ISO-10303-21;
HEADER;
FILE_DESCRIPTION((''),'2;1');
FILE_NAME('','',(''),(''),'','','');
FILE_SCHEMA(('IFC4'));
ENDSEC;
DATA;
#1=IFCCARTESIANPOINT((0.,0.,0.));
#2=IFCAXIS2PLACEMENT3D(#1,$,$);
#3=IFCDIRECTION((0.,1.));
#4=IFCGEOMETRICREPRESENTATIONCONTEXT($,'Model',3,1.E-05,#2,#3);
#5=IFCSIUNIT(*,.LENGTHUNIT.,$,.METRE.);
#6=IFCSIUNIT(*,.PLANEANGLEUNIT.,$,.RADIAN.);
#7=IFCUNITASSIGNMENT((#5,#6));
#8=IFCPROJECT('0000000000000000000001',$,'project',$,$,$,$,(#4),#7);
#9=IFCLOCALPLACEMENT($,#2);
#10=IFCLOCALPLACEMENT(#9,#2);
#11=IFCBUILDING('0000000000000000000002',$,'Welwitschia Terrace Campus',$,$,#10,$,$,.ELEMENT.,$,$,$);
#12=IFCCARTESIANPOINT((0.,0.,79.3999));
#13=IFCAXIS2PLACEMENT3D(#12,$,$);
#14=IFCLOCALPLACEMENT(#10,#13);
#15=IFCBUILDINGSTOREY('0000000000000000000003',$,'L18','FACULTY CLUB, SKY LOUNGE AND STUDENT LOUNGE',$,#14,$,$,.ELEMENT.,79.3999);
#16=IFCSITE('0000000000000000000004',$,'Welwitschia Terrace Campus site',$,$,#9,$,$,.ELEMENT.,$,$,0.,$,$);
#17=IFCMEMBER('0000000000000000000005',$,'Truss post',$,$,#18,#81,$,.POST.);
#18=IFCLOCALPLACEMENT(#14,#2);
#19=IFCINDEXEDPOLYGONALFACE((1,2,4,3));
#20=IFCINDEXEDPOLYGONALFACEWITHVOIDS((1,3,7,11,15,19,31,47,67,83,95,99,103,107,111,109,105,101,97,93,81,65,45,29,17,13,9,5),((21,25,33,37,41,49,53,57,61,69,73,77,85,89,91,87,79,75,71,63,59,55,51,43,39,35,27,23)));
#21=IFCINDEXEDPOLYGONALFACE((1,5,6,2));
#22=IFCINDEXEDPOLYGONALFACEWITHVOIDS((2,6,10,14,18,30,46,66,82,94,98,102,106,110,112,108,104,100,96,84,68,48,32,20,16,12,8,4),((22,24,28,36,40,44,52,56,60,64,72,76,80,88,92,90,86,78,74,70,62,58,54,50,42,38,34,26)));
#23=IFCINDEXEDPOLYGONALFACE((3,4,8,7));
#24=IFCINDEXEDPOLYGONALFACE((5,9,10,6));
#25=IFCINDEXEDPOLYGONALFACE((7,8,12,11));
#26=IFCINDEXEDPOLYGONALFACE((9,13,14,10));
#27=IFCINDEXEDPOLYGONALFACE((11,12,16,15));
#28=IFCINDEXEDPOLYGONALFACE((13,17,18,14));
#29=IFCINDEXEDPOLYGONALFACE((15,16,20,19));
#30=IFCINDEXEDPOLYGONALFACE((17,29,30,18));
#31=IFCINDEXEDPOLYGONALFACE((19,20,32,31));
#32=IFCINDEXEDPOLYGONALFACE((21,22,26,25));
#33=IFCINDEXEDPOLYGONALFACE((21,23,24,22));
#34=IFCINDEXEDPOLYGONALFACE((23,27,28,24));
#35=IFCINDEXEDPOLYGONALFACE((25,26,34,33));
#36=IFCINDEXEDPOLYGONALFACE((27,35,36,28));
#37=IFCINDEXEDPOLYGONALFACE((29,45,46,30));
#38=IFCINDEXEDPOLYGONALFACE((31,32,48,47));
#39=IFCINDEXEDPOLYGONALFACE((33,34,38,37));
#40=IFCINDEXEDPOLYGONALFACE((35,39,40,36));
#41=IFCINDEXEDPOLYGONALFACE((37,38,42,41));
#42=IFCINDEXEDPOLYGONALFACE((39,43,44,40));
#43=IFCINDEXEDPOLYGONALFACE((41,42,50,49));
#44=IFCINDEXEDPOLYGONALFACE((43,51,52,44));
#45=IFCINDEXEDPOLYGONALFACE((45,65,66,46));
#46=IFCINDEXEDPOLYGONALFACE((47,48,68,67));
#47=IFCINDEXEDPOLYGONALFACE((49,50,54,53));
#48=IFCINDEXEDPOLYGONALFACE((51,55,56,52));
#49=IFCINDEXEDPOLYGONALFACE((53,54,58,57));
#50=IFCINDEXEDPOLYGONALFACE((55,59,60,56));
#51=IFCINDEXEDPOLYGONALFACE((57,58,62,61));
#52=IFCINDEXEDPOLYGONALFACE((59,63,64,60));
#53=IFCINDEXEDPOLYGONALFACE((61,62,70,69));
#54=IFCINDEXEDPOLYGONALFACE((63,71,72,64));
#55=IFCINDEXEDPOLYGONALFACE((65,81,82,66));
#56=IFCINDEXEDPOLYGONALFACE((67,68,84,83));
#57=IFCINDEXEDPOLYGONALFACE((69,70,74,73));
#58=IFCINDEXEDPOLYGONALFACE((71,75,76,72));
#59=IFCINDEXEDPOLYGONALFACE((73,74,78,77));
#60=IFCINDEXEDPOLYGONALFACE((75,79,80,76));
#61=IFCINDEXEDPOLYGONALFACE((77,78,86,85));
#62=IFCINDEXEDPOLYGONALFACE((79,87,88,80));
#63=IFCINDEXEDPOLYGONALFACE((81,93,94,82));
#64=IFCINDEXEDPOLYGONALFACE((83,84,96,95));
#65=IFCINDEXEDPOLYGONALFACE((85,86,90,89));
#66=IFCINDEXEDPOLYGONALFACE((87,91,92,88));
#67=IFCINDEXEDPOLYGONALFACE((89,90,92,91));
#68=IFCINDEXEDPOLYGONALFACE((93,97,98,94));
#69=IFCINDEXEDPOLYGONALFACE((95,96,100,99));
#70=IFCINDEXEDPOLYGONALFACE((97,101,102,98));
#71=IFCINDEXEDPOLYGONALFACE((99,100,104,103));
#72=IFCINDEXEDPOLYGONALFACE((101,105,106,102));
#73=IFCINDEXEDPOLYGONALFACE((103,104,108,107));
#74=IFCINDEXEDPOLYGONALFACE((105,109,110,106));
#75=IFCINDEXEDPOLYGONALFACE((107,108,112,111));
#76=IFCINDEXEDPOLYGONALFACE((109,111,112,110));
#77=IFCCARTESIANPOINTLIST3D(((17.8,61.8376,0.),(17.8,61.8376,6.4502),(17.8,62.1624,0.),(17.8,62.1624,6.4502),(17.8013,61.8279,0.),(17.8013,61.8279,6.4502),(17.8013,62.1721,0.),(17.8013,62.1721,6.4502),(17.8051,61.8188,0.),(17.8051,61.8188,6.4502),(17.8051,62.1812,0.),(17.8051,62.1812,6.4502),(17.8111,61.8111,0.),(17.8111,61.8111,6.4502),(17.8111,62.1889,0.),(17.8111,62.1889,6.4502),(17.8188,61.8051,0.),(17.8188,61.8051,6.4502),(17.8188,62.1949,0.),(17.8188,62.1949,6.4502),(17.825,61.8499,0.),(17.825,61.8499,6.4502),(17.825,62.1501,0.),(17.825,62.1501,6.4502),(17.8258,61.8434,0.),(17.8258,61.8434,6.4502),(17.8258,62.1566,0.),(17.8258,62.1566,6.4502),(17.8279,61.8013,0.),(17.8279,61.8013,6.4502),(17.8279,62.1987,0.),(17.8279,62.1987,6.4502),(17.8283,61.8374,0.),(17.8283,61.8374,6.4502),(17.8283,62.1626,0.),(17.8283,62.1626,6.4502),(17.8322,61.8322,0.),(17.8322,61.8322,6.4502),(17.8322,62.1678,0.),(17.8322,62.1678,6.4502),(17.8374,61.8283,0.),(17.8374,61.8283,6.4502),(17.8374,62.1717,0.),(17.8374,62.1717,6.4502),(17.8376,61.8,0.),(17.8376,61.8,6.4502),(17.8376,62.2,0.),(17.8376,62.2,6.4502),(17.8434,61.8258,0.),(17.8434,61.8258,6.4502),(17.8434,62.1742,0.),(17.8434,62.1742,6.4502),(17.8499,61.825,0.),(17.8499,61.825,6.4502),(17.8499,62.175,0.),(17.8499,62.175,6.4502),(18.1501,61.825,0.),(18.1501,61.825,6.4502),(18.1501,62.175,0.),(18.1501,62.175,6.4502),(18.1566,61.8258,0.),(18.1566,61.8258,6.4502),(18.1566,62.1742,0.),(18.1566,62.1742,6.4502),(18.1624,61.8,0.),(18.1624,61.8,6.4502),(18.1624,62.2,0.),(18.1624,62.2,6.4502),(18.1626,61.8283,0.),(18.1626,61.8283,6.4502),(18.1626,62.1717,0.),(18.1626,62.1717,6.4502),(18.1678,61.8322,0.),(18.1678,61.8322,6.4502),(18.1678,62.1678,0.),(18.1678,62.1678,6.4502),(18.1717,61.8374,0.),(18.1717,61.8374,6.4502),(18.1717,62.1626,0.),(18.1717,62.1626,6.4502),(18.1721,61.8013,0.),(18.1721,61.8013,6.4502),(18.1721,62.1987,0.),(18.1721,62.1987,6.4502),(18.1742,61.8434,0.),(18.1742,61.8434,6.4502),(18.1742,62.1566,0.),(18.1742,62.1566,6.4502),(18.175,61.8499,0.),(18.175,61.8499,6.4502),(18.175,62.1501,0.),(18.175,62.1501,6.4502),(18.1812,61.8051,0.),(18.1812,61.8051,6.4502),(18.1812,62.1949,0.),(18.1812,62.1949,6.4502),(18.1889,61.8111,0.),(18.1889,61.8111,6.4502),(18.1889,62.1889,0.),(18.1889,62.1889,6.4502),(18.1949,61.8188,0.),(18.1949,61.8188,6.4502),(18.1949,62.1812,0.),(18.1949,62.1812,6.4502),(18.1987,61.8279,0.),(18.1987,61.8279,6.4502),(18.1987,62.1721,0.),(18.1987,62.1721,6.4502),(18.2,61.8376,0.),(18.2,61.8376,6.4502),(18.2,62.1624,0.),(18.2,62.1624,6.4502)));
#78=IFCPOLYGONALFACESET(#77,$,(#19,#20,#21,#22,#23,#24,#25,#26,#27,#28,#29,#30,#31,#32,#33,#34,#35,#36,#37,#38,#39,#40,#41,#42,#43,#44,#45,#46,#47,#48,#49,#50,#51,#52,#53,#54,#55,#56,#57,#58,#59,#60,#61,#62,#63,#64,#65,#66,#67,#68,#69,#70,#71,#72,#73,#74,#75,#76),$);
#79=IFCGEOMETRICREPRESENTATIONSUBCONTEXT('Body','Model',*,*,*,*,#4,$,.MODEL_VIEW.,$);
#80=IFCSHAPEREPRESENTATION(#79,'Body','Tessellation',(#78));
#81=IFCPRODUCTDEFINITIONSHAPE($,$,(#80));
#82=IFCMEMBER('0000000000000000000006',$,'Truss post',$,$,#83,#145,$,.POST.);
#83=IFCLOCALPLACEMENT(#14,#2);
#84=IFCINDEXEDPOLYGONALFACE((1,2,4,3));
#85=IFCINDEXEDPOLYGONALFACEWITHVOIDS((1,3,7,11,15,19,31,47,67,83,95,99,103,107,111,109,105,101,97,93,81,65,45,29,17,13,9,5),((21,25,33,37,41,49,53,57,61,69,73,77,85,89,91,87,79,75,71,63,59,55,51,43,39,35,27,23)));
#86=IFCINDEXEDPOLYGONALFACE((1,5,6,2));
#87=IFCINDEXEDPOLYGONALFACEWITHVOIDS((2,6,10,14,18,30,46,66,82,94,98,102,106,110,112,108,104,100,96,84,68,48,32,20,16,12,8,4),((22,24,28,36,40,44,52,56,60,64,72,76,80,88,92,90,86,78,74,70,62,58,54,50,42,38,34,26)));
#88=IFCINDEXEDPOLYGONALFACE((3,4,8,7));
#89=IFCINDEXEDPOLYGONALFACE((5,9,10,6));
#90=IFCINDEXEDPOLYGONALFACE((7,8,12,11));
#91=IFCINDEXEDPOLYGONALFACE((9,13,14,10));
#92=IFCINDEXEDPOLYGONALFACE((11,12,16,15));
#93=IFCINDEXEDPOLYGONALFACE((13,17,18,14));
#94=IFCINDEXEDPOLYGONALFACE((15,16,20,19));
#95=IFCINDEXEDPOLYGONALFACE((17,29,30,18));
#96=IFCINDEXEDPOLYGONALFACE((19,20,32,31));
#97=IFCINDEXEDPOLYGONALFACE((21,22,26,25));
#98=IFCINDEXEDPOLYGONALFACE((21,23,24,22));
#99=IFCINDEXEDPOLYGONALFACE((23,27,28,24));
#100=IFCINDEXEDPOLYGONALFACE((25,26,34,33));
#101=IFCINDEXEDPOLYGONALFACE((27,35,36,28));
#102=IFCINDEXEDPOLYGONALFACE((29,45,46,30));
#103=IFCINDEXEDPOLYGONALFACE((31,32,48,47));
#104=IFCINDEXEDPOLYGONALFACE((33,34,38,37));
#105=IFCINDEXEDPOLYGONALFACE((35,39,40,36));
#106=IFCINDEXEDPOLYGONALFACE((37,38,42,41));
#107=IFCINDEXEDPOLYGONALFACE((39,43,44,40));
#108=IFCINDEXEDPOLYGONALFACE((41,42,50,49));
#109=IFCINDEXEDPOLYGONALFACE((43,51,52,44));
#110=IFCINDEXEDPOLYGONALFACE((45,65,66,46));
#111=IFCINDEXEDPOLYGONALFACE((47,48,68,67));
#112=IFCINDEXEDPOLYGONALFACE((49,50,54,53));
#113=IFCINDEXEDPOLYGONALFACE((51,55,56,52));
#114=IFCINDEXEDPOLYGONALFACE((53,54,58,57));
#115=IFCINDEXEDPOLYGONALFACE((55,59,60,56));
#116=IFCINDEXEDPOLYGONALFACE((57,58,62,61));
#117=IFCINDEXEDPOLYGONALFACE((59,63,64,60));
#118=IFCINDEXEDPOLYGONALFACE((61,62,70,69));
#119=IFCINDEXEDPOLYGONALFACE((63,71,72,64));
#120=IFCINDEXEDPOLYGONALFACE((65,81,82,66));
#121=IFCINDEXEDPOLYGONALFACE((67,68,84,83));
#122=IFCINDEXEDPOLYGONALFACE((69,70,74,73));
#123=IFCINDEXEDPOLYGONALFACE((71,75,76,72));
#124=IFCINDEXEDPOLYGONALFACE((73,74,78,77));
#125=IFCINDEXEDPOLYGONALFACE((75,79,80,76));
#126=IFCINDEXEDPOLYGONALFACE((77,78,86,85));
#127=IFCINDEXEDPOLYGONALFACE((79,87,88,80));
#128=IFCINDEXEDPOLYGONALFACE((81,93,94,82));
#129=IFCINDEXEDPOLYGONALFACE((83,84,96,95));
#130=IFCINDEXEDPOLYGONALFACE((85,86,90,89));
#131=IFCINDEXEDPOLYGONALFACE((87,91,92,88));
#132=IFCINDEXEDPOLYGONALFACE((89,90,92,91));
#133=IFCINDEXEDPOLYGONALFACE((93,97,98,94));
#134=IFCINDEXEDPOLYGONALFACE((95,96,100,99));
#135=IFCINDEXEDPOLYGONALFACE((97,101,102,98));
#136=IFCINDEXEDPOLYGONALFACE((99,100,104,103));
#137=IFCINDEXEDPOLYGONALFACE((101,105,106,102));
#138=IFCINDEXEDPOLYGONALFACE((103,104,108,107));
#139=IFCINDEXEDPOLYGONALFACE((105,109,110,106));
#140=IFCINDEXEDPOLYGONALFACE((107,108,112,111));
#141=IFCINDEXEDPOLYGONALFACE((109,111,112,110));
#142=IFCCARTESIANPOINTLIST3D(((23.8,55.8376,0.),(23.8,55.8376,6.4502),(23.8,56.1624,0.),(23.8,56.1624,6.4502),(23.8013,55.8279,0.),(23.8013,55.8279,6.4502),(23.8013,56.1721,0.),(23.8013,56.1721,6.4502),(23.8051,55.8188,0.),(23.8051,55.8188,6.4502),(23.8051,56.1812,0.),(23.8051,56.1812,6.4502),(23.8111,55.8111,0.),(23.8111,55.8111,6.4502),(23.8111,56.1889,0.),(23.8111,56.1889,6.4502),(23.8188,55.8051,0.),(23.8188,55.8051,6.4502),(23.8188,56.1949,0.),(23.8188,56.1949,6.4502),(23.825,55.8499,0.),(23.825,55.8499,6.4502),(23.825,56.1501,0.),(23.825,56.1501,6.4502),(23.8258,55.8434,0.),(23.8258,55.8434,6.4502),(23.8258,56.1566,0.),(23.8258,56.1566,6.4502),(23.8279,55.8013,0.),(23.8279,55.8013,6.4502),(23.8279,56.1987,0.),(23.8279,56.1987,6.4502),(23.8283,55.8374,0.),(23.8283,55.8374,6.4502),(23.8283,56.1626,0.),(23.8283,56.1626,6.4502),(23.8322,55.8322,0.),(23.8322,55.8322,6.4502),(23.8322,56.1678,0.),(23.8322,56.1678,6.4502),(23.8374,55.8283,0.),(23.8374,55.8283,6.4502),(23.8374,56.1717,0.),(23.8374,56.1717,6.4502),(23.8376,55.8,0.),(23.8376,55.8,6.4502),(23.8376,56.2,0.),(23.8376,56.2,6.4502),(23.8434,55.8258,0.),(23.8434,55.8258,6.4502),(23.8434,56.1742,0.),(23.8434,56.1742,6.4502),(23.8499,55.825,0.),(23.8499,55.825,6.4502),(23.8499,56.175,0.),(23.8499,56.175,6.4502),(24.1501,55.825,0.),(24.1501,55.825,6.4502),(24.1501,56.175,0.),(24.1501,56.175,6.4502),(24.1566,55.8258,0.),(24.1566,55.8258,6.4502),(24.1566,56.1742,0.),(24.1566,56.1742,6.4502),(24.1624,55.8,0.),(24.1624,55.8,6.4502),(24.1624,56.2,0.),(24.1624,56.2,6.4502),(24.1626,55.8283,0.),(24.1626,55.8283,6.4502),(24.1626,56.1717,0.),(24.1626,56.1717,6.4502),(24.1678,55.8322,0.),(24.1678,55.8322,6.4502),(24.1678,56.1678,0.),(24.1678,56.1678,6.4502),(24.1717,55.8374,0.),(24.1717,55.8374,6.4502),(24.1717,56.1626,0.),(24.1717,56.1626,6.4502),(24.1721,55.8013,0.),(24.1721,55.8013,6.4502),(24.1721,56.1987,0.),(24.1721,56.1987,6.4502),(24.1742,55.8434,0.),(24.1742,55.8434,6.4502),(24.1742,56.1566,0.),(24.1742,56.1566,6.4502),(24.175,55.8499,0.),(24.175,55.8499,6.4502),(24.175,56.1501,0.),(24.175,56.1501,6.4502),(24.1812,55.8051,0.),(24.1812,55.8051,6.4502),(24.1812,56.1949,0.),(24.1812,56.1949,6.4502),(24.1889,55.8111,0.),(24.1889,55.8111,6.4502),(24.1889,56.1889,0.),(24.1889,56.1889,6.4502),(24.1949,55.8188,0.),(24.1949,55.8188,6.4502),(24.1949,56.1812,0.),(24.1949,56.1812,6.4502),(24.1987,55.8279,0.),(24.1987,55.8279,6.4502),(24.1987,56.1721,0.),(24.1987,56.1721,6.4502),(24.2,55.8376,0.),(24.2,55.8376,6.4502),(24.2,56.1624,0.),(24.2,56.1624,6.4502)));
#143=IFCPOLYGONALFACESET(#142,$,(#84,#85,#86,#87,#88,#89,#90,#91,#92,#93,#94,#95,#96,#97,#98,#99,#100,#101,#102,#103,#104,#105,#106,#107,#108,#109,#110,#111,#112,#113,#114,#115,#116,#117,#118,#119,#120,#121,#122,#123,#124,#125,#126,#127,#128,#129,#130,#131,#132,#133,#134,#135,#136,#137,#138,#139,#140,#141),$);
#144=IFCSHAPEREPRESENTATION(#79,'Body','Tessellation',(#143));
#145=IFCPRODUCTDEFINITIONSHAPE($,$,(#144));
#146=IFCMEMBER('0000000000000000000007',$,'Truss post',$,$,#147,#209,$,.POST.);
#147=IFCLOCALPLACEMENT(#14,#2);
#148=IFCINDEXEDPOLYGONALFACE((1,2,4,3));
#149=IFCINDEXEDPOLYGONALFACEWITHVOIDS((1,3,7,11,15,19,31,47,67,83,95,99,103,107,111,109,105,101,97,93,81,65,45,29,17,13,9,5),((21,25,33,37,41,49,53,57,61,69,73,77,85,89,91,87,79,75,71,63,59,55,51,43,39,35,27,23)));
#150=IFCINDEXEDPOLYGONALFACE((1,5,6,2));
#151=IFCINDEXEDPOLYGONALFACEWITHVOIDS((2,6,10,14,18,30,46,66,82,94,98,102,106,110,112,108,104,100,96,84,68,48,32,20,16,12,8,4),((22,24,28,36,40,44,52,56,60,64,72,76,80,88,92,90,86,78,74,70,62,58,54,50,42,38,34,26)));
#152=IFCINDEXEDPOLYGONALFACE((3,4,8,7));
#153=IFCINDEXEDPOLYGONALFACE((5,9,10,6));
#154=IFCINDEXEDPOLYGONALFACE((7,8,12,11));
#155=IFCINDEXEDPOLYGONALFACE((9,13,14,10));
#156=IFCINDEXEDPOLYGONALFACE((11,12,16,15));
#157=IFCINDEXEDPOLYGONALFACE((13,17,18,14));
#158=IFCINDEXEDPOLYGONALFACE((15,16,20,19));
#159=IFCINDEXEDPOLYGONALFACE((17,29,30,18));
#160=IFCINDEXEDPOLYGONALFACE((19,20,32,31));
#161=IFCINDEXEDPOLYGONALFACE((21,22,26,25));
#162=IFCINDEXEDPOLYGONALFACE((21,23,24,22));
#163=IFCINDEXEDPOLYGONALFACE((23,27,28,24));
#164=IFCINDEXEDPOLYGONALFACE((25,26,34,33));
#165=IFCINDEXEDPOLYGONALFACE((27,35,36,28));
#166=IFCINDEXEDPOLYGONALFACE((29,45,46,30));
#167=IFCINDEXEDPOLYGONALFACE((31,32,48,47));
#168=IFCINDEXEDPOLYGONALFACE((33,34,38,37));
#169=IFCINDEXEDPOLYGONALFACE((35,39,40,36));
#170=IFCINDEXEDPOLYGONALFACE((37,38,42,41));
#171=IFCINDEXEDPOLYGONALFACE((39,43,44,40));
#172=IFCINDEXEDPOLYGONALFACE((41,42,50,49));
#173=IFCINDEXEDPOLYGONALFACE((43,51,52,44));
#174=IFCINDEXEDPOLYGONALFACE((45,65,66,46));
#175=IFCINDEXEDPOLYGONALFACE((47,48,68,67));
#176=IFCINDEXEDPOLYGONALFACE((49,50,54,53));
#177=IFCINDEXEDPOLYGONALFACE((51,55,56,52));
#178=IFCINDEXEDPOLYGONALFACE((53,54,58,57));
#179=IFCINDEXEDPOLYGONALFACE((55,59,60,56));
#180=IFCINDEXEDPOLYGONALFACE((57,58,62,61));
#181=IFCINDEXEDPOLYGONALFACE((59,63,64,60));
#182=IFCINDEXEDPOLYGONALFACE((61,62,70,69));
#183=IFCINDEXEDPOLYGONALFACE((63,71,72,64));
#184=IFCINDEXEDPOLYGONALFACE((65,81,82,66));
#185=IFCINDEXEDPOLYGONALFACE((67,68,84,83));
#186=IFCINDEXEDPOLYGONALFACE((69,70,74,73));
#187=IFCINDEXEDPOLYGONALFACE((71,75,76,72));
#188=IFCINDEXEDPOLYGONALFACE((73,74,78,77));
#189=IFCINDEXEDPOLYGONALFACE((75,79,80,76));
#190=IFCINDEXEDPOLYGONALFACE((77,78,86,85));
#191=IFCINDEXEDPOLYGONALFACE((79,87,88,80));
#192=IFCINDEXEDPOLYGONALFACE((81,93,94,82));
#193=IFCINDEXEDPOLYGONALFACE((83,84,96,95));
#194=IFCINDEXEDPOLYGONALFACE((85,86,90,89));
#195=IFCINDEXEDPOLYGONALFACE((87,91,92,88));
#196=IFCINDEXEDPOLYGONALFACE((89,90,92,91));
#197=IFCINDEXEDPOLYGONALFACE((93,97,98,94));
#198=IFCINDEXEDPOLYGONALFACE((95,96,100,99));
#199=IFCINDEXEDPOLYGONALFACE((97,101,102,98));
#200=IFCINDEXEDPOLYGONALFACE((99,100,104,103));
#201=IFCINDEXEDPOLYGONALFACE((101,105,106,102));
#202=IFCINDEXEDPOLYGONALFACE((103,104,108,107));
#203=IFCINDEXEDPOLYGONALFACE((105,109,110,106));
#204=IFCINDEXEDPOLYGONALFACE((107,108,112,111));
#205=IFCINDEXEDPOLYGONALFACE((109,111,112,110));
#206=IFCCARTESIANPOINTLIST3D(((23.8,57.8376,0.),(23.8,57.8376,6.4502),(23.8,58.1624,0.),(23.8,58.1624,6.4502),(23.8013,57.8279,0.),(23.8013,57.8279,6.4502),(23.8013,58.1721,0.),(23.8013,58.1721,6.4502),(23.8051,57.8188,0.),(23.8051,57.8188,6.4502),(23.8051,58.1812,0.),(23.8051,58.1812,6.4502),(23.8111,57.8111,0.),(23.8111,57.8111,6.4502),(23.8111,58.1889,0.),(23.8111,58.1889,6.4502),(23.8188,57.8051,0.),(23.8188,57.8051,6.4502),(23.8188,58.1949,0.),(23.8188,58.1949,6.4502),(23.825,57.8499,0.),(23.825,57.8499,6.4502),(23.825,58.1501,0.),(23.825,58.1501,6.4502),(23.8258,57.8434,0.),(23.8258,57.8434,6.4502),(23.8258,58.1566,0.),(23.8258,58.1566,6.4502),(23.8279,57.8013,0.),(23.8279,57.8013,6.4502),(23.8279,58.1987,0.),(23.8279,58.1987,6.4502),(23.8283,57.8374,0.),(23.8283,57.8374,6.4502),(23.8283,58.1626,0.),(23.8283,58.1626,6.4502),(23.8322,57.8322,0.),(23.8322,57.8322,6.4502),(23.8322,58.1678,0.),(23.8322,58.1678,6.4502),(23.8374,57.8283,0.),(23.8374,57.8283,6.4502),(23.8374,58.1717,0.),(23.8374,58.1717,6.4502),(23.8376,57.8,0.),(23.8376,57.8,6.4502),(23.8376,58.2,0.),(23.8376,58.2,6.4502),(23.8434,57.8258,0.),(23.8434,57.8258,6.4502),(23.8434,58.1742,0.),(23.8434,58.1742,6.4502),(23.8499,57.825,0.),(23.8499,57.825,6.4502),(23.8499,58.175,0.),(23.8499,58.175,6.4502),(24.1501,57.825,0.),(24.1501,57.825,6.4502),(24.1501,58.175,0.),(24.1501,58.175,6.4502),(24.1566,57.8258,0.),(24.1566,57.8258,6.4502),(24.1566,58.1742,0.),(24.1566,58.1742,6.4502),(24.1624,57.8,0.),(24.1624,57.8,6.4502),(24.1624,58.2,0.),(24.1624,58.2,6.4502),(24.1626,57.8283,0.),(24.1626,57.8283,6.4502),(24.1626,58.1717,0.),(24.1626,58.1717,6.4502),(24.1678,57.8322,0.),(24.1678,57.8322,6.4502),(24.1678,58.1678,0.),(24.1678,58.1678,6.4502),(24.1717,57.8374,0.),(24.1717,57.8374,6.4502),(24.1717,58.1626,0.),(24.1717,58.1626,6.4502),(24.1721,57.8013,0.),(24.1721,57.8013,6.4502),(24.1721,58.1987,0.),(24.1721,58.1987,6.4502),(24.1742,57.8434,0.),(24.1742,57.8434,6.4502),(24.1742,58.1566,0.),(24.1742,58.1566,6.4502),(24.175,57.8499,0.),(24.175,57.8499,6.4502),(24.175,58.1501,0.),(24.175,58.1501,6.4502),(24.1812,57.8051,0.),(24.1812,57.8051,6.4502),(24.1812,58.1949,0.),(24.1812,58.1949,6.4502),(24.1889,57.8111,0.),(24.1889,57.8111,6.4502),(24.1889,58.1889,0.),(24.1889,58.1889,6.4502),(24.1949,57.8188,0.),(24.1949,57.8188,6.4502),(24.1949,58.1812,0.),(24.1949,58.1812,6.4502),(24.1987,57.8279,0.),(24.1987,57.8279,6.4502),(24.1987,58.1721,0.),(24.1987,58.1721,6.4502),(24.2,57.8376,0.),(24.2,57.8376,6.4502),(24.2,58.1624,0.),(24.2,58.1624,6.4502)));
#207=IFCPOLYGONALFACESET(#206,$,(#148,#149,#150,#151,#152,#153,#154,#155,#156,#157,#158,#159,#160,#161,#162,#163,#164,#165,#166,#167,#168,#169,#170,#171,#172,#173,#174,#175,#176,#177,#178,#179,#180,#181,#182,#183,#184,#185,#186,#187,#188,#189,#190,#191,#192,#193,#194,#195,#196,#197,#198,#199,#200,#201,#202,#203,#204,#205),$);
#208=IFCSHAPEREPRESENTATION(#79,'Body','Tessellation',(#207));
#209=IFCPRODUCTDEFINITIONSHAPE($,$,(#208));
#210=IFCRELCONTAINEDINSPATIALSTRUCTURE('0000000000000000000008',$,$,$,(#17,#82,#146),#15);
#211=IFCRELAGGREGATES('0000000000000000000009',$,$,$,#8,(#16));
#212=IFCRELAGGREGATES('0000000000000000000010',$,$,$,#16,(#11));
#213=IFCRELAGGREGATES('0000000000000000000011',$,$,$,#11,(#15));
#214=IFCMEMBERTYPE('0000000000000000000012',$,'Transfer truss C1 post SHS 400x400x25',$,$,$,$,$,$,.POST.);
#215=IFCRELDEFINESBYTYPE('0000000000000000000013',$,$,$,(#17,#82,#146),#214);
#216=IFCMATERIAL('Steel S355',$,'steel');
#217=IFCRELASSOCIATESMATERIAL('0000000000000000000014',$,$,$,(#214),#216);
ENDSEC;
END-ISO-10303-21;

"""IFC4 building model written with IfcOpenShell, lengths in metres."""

from ifc_helpers import new_model, si_unit, direction, frame, origin, origin_2d, place, context, subcontext, project, spatial, hollow_rectangle, extrude, material, material_profile, profile_set, type_object, element, save


model = new_model("IFC4")

# Units and contexts
model_context = context("Model", 3, precision=1e-05, world=origin(), true_north=direction((0.0, 1.0)))
body_context = subcontext(model_context, "Body", "Model", "MODEL_VIEW")
ifc_project = project(units=[si_unit("LENGTHUNIT", "METRE"), si_unit("PLANEANGLEUNIT", "RADIAN")], contexts=[model_context])

# Site, building, storey
site_placement = place(None, origin())
site = spatial("IfcSite", under=ifc_project, at=site_placement, Name="Welwitschia Terrace Campus site", CompositionType="ELEMENT", RefElevation=0.0)
building_placement = place(site_placement, origin())
building = spatial("IfcBuilding", under=site, at=building_placement, Name="Welwitschia Terrace Campus", CompositionType="ELEMENT")
storey_placement = place(building_placement, frame((0.0, 0.0, 79.3999)))
storey = spatial("IfcBuildingStorey", under=building, at=storey_placement, Name="L18", Description="FACULTY CLUB, SKY LOUNGE AND STUDENT LOUNGE", CompositionType="ELEMENT", Elevation=79.3999)

# Members
ifc_material_1 = material(Name="Steel S355", Category="steel")
ifc_material_profile_1 = material_profile(ifc_material_1, hollow_rectangle(XDim=0.3999, YDim=0.3999, WallThickness=0.0249, InnerFilletRadius=0.0249, OuterFilletRadius=0.0376, at=origin_2d()))
ifc_profile_set_1 = profile_set([ifc_material_profile_1], Name="Steel S355")
member_type_1 = type_object("IfcMemberType", Name="Transfer truss C1 post SHS 400x400x25", PredefinedType="POST", material=ifc_profile_set_1)
for number, where, z_axis, x_axis, name in (
    (1, (18.0, 62.0, 0.0), (0.0, 0.0, 1.0), (1.0, 0.0, 0.0), "Truss post"),
    (2, (24.0, 56.0, 0.0), (0.0, 0.0, 1.0), (1.0, 0.0, 0.0), "Truss post"),
    (3, (24.0, 58.0, 0.0), (0.0, 0.0, 1.0), (1.0, 0.0, 0.0), "Truss post"),
):
    element("IfcMember", number, at=place(storey_placement, frame(where, z_axis=z_axis, x_axis=x_axis)), inside=storey, type_object=member_type_1, Name=name, PredefinedType="POST", context=body_context, shape_type="SweptSolid", body=[
        extrude(hollow_rectangle(XDim=0.3999, YDim=0.3999, WallThickness=0.0249, InnerFilletRadius=0.0249, OuterFilletRadius=0.0376, at=origin_2d()), origin(), (0.0, 0.0, 1.0), 6.4502),
    ])

save(model, "model.ifc")
